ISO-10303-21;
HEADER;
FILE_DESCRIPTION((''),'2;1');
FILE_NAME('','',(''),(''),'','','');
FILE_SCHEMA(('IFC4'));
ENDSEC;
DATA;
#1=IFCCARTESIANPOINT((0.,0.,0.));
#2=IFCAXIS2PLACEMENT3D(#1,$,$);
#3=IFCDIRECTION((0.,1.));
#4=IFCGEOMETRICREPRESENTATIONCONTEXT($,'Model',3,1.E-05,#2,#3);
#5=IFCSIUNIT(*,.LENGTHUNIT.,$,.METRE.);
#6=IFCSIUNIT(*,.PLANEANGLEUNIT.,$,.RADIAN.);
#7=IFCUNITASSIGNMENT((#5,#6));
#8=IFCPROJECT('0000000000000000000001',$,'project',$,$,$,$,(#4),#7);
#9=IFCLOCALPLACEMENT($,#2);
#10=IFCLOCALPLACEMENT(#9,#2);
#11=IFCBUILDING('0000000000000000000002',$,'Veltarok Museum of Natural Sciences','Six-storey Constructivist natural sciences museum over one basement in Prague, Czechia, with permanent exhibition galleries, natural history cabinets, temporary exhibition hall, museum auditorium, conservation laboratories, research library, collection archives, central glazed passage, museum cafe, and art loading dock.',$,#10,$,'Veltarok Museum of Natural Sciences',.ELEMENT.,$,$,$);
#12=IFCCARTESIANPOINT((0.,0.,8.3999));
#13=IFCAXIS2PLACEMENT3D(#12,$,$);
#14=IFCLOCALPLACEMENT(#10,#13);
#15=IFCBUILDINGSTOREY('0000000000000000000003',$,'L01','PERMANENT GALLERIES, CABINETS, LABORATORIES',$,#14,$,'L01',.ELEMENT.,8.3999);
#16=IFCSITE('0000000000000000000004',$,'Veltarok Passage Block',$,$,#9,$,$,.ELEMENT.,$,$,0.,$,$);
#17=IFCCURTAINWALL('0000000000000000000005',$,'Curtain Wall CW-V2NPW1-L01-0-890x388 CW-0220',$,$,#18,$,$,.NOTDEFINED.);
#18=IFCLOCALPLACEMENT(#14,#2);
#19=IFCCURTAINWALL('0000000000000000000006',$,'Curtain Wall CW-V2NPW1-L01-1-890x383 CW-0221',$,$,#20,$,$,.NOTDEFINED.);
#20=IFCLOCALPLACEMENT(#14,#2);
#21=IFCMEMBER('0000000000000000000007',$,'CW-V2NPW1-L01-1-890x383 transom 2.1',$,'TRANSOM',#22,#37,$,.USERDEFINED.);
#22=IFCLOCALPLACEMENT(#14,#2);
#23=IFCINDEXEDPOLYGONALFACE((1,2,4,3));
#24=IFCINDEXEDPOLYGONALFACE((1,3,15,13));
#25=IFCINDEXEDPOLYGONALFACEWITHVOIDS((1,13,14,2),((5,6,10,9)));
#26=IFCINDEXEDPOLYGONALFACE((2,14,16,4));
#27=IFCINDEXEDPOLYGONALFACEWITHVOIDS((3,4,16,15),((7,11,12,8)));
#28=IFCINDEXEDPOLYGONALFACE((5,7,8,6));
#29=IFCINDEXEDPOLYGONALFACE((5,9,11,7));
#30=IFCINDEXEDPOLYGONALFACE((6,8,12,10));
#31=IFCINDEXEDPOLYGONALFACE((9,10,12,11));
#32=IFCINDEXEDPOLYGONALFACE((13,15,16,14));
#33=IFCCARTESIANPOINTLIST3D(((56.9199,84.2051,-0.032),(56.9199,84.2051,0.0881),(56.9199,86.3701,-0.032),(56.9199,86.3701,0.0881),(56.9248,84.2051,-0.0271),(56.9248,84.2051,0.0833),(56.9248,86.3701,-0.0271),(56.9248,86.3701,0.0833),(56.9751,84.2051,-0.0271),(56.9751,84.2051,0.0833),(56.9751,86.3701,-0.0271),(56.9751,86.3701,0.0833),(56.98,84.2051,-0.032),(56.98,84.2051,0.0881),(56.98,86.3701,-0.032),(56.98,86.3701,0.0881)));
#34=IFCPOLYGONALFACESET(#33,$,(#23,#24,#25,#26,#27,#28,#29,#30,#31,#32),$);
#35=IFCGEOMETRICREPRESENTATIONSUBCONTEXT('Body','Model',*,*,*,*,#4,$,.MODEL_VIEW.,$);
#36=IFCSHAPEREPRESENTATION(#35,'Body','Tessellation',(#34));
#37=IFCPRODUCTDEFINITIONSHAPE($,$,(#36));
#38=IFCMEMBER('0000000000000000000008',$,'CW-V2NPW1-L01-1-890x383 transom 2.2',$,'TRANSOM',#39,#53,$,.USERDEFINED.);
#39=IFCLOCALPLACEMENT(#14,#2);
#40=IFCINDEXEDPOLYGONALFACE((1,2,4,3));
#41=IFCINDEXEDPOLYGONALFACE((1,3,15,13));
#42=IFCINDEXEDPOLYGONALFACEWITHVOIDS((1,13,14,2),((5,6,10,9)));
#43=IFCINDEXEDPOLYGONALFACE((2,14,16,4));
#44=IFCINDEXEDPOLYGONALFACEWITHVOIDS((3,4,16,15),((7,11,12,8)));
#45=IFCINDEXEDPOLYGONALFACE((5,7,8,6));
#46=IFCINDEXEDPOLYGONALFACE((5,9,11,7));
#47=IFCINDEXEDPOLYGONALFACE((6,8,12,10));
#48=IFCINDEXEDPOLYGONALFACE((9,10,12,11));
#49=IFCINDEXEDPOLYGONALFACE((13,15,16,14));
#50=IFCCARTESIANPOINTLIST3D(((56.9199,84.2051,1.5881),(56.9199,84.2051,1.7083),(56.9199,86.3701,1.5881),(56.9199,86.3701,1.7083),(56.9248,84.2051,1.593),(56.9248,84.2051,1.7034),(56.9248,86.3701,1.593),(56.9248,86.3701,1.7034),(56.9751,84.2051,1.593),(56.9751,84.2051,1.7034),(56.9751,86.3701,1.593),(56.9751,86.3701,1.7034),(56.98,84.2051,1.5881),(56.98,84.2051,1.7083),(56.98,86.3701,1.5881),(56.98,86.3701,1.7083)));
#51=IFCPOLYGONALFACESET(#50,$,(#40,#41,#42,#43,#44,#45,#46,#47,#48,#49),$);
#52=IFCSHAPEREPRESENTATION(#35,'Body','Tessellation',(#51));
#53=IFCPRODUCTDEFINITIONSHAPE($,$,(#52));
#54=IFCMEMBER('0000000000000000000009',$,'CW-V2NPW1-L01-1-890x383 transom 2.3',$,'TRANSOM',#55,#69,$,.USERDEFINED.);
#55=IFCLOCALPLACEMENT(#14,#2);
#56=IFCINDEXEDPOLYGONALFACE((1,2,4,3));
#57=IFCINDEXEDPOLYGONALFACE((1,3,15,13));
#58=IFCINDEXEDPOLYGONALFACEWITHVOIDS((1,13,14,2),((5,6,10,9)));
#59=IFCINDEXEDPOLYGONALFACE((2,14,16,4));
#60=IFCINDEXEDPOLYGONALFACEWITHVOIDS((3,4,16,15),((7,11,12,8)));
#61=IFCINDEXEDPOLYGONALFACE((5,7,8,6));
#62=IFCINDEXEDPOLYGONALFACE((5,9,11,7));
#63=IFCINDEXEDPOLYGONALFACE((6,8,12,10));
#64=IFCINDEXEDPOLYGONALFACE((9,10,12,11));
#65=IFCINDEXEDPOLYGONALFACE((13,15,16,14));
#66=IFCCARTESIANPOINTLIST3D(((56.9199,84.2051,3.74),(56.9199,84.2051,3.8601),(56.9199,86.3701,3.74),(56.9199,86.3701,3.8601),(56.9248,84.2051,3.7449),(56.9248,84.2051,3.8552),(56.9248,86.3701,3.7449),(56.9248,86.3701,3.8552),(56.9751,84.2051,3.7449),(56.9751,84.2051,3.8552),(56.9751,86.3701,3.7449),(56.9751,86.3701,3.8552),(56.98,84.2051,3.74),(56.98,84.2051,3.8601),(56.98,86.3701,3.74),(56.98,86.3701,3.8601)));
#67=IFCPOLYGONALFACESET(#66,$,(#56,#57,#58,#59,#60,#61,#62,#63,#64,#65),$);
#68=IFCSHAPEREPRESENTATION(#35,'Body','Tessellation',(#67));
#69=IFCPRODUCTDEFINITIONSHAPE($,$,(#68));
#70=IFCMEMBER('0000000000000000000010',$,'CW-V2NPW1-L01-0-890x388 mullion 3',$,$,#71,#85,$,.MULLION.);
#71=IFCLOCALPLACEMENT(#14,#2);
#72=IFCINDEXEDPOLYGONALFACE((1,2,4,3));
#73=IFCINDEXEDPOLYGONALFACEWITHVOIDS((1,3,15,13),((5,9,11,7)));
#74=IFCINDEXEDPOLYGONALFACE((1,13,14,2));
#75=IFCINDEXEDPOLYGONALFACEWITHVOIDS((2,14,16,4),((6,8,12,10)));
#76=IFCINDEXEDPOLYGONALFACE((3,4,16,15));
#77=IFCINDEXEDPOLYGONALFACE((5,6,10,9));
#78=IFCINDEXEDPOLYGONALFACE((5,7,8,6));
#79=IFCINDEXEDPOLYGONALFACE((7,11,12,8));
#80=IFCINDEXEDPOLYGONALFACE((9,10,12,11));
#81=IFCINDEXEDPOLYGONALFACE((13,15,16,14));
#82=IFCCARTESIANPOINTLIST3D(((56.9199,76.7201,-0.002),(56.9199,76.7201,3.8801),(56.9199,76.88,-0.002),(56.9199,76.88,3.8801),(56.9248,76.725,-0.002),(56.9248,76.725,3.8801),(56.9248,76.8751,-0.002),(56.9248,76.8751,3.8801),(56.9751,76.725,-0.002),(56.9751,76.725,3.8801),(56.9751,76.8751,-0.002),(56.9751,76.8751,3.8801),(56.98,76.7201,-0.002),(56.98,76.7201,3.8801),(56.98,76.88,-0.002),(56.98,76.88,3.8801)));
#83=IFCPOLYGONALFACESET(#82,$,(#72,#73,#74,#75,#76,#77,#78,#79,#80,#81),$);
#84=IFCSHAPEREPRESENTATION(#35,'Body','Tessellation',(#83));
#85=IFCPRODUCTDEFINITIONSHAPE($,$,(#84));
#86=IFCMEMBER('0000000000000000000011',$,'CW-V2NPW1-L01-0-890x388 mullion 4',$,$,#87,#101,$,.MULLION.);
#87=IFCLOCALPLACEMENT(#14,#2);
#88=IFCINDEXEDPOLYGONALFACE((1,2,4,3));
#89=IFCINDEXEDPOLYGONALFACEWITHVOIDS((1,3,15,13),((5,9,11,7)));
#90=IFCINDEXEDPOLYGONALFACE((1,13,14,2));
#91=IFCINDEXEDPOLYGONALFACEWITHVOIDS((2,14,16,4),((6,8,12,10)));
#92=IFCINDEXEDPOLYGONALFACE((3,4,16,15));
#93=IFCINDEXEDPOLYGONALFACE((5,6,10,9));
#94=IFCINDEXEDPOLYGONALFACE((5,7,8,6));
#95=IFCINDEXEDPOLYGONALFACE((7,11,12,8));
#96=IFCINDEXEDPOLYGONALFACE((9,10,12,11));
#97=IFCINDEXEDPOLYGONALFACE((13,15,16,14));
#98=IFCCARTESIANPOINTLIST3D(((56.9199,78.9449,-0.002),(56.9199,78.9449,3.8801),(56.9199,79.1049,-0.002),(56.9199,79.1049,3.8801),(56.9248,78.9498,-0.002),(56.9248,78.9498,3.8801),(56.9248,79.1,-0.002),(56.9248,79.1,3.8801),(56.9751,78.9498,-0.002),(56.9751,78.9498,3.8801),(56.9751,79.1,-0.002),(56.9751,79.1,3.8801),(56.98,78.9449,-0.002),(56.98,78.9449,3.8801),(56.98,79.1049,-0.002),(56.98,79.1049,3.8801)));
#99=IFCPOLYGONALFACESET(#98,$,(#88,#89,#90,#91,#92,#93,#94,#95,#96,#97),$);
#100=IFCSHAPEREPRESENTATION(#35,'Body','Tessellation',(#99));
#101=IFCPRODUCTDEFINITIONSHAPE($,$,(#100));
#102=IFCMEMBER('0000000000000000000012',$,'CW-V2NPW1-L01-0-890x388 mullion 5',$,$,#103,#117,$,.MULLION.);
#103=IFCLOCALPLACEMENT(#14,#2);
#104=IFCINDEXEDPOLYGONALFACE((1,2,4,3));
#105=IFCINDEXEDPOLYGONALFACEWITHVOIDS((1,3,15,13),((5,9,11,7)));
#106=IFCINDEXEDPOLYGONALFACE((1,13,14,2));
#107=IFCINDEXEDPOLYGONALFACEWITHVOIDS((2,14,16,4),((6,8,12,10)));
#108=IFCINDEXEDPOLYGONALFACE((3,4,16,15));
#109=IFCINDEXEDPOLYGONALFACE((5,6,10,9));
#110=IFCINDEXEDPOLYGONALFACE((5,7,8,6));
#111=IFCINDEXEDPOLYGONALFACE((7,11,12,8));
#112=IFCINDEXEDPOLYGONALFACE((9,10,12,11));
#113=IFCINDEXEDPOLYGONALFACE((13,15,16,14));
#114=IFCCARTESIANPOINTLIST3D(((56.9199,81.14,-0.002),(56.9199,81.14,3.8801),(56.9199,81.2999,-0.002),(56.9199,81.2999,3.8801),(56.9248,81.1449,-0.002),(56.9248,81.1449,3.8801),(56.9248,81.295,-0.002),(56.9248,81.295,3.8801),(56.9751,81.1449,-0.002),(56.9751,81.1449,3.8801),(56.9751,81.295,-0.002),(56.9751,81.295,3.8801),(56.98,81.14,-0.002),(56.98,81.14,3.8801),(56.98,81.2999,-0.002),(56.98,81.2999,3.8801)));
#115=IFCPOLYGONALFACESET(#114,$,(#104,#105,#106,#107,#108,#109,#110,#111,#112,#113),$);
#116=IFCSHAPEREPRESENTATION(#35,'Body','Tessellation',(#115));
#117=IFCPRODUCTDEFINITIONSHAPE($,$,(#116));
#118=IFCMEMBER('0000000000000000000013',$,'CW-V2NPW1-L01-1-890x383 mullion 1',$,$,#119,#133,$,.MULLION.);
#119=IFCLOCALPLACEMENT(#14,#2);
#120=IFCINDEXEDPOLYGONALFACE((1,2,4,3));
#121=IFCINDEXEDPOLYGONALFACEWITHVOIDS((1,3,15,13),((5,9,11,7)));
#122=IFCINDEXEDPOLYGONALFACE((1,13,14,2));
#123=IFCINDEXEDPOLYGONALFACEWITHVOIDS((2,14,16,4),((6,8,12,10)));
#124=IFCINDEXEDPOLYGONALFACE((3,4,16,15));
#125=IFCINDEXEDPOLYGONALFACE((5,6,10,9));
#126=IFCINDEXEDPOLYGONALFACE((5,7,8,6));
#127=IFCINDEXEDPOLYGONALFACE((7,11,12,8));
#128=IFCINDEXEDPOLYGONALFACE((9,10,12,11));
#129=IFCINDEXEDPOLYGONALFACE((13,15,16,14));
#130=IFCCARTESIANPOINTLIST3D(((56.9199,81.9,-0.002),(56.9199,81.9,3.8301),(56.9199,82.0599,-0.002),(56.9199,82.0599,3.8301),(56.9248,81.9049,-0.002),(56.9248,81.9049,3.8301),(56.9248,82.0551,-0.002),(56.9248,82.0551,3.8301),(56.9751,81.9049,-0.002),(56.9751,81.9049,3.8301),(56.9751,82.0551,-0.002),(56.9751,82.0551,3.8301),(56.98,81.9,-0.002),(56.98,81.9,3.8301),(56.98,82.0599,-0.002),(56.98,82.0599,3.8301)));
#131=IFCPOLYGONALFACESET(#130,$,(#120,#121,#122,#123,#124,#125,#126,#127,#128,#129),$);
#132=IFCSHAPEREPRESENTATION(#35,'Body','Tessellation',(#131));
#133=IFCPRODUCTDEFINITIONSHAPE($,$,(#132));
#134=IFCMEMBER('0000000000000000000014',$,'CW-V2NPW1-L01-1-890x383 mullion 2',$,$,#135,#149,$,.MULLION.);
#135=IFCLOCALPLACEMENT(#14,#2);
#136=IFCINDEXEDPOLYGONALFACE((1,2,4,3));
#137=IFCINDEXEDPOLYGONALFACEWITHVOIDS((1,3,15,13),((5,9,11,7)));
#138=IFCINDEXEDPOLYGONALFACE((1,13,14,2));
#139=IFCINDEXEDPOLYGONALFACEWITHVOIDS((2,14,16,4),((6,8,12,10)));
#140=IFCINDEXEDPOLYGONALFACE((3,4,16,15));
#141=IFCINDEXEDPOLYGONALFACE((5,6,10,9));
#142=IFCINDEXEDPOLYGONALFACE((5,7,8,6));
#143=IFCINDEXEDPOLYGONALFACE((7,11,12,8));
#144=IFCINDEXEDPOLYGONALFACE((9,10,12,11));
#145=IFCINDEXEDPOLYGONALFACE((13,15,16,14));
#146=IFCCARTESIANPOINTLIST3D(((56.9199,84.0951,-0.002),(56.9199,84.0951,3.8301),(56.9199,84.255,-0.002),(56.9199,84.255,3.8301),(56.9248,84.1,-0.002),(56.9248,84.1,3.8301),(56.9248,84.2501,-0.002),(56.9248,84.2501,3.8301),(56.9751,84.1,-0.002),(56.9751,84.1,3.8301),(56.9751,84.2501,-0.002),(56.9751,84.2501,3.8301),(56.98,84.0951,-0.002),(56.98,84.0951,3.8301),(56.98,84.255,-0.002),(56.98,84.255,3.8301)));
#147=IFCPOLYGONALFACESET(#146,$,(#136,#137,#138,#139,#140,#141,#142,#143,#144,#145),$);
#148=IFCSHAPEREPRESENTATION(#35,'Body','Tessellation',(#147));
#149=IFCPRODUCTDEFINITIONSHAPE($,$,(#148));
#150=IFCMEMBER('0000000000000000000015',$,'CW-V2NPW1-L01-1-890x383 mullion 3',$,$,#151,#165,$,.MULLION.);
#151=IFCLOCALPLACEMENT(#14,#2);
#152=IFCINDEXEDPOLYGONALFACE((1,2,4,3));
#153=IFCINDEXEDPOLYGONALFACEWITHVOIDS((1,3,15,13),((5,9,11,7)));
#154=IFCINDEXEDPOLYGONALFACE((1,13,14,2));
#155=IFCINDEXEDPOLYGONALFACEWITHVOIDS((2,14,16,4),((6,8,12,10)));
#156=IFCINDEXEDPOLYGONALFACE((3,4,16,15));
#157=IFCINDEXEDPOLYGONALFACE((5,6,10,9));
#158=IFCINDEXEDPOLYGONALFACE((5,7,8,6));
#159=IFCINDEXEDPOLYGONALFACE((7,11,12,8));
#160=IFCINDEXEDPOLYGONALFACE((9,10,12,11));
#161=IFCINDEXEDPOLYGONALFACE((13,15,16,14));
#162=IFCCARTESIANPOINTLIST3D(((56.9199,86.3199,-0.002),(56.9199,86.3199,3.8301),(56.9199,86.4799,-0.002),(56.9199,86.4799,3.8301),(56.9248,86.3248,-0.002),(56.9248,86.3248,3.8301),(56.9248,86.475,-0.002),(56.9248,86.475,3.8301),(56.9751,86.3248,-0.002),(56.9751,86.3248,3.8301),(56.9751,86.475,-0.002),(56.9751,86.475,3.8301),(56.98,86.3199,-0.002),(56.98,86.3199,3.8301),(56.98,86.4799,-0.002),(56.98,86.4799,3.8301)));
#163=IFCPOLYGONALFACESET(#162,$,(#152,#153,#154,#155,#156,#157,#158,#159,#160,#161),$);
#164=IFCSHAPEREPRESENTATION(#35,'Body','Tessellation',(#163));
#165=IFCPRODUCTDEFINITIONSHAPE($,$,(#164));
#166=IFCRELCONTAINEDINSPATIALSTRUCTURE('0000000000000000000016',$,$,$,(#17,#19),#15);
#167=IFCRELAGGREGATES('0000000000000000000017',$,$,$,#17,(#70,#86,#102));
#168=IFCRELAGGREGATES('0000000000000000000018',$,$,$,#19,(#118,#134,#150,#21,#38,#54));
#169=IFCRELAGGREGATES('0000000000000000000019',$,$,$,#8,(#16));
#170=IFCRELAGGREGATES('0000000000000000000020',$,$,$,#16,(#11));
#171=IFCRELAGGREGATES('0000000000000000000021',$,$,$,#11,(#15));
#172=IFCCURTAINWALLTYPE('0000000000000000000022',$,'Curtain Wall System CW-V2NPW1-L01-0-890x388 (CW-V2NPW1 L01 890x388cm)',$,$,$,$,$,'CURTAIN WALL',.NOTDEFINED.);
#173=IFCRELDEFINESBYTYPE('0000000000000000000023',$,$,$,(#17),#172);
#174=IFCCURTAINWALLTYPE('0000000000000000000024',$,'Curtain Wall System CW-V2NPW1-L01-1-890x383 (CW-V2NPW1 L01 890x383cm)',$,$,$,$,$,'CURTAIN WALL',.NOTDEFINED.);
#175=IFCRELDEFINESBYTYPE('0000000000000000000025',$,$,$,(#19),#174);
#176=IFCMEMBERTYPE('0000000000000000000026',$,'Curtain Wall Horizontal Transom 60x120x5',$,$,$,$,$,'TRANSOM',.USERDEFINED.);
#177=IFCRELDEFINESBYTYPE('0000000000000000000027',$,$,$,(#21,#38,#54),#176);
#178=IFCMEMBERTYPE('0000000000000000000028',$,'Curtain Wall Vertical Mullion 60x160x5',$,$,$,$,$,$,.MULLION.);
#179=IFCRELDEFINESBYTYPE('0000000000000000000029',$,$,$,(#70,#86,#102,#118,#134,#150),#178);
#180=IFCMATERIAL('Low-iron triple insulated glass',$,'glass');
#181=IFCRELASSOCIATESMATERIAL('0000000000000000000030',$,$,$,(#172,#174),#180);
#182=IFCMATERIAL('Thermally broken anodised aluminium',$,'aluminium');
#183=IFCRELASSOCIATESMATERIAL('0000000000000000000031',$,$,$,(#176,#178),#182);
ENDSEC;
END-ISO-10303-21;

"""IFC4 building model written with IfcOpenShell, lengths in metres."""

from ifc_helpers import new_model, si_unit, direction, frame, origin, origin_2d, place, context, subcontext, project, spatial, hollow_rectangle, extrude, material, material_profile, profile_set, type_object, element, aggregate, save


model = new_model("IFC4")

# Units and contexts
model_context = context("Model", 3, precision=1e-05, world=origin(), true_north=direction((0.0, 1.0)))
body_context = subcontext(model_context, "Body", "Model", "MODEL_VIEW")
ifc_project = project(units=[si_unit("LENGTHUNIT", "METRE"), si_unit("PLANEANGLEUNIT", "RADIAN")], contexts=[model_context])

# Site, building, storey
site_placement = place(None, origin())
site = spatial("IfcSite", under=ifc_project, at=site_placement, Name="Veltarok Passage Block", CompositionType="ELEMENT", RefElevation=0.0)
building_placement = place(site_placement, origin())
building = spatial("IfcBuilding", under=site, at=building_placement, Name="Veltarok Museum of Natural Sciences", Description="Six-storey Constructivist natural sciences museum over one basement in Prague, Czechia, with permanent exhibition galleries, natural history cabinets, temporary exhibition hall, museum auditorium, conservation laboratories, research library, collection archives, central glazed passage, museum cafe, and art loading dock.", LongName="Veltarok Museum of Natural Sciences", CompositionType="ELEMENT")
storey_placement = place(building_placement, frame((0.0, 0.0, 8.3999)))
storey = spatial("IfcBuildingStorey", under=building, at=storey_placement, Name="L01", Description="PERMANENT GALLERIES, CABINETS, LABORATORIES", LongName="L01", CompositionType="ELEMENT", Elevation=8.3999)

# Curtain walls, members
ifc_material_1 = material(Name="Low-iron triple insulated glass", Category="glass")
curtain_wall_type_1 = type_object("IfcCurtainWallType", Name="Curtain Wall System CW-V2NPW1-L01-0-890x388 (CW-V2NPW1 L01 890x388cm)", ElementType="CURTAIN WALL", PredefinedType="NOTDEFINED", material=ifc_material_1)
curtain_wall_1_placement = place(storey_placement, origin())
curtain_wall_1 = element("IfcCurtainWall", 1, at=curtain_wall_1_placement, inside=storey, type_object=curtain_wall_type_1, Name="Curtain Wall CW-V2NPW1-L01-0-890x388 CW-0220", PredefinedType="NOTDEFINED")
ifc_material_2 = material(Name="Thermally broken anodised aluminium", Category="aluminium")
ifc_material_profile_1 = material_profile(ifc_material_2, hollow_rectangle(XDim=0.0601, YDim=0.1201, WallThickness=0.0049, at=origin_2d()), Name="CW TRANSOM 60x120x5")
ifc_profile_set_1 = profile_set([ifc_material_profile_1], Name="Thermally broken anodised aluminium")
member_type_1 = type_object("IfcMemberType", Name="Curtain Wall Horizontal Transom 60x120x5", ElementType="TRANSOM", PredefinedType="USERDEFINED", material=ifc_profile_set_1)
curtain_wall_type_2 = type_object("IfcCurtainWallType", Name="Curtain Wall System CW-V2NPW1-L01-1-890x383 (CW-V2NPW1 L01 890x383cm)", ElementType="CURTAIN WALL", PredefinedType="NOTDEFINED", material=ifc_material_1)
curtain_wall_2_placement = place(storey_placement, origin())
curtain_wall_2 = element("IfcCurtainWall", 2, at=curtain_wall_2_placement, inside=storey, type_object=curtain_wall_type_2, Name="Curtain Wall CW-V2NPW1-L01-1-890x383 CW-0221", PredefinedType="NOTDEFINED")
member_1_placement = place(storey_placement, frame((56.95, 84.2051, 0.0281), z_axis=(0.0, 1.0, 0.0), x_axis=(-1.0, 0.0, 0.0)))
member_1 = element("IfcMember", 3, at=member_1_placement, type_object=member_type_1, Name="CW-V2NPW1-L01-1-890x383 transom 2.1", ObjectType="TRANSOM", PredefinedType="USERDEFINED", context=body_context, shape_type="SweptSolid", body=[
    extrude(hollow_rectangle(XDim=0.0601, YDim=0.1201, WallThickness=0.0049, at=origin_2d()), origin(), (0.0, 0.0, 1.0), 2.165),
])
member_2_placement = place(storey_placement, frame((56.95, 84.2051, 1.6482), z_axis=(0.0, 1.0, 0.0), x_axis=(-1.0, 0.0, 0.0)))
member_2 = element("IfcMember", 4, at=member_2_placement, type_object=member_type_1, Name="CW-V2NPW1-L01-1-890x383 transom 2.2", ObjectType="TRANSOM", PredefinedType="USERDEFINED", context=body_context, shape_type="SweptSolid", body=[
    extrude(hollow_rectangle(XDim=0.0601, YDim=0.1201, WallThickness=0.0049, at=origin_2d()), origin(), (0.0, 0.0, 1.0), 2.165),
])
member_3_placement = place(storey_placement, frame((56.95, 84.2051, 3.8), z_axis=(0.0, 1.0, 0.0), x_axis=(-1.0, 0.0, 0.0)))
member_3 = element("IfcMember", 5, at=member_3_placement, type_object=member_type_1, Name="CW-V2NPW1-L01-1-890x383 transom 2.3", ObjectType="TRANSOM", PredefinedType="USERDEFINED", context=body_context, shape_type="SweptSolid", body=[
    extrude(hollow_rectangle(XDim=0.0601, YDim=0.1201, WallThickness=0.0049, at=origin_2d()), origin(), (0.0, 0.0, 1.0), 2.165),
])

# Members
ifc_material_profile_2 = material_profile(ifc_material_2, hollow_rectangle(XDim=0.0601, YDim=0.1599, WallThickness=0.0049, at=origin_2d()), Name="CW MULLION 60x160x5")
ifc_profile_set_2 = profile_set([ifc_material_profile_2], Name="Thermally broken anodised aluminium")
member_type_2 = type_object("IfcMemberType", Name="Curtain Wall Vertical Mullion 60x160x5", PredefinedType="MULLION", material=ifc_profile_set_2)
member_4_placement = place(storey_placement, frame((56.95, 76.8, -0.002), z_axis=(0.0, 0.0, 1.0), x_axis=(-1.0, 0.0, 0.0)))
member_4 = element("IfcMember", 6, at=member_4_placement, type_object=member_type_2, Name="CW-V2NPW1-L01-0-890x388 mullion 3", PredefinedType="MULLION", context=body_context, shape_type="SweptSolid", body=[
    extrude(hollow_rectangle(XDim=0.0601, YDim=0.1599, WallThickness=0.0049, at=origin_2d()), origin(), (0.0, 0.0, 1.0), 3.8821),
])
member_5_placement = place(storey_placement, frame((56.95, 79.0249, -0.002), z_axis=(0.0, 0.0, 1.0), x_axis=(-1.0, 0.0, 0.0)))
member_5 = element("IfcMember", 7, at=member_5_placement, type_object=member_type_2, Name="CW-V2NPW1-L01-0-890x388 mullion 4", PredefinedType="MULLION", context=body_context, shape_type="SweptSolid", body=[
    extrude(hollow_rectangle(XDim=0.0601, YDim=0.1599, WallThickness=0.0049, at=origin_2d()), origin(), (0.0, 0.0, 1.0), 3.8821),
])
member_6_placement = place(storey_placement, frame((56.95, 81.22, -0.002), z_axis=(0.0, 0.0, 1.0), x_axis=(-1.0, 0.0, 0.0)))
member_6 = element("IfcMember", 8, at=member_6_placement, type_object=member_type_2, Name="CW-V2NPW1-L01-0-890x388 mullion 5", PredefinedType="MULLION", context=body_context, shape_type="SweptSolid", body=[
    extrude(hollow_rectangle(XDim=0.0601, YDim=0.1599, WallThickness=0.0049, at=origin_2d()), origin(), (0.0, 0.0, 1.0), 3.8821),
])
member_7_placement = place(storey_placement, frame((56.95, 81.98, -0.002), z_axis=(0.0, 0.0, 1.0), x_axis=(-1.0, 0.0, 0.0)))
member_7 = element("IfcMember", 9, at=member_7_placement, type_object=member_type_2, Name="CW-V2NPW1-L01-1-890x383 mullion 1", PredefinedType="MULLION", context=body_context, shape_type="SweptSolid", body=[
    extrude(hollow_rectangle(XDim=0.0601, YDim=0.1599, WallThickness=0.0049, at=origin_2d()), origin(), (0.0, 0.0, 1.0), 3.832),
])
member_8_placement = place(storey_placement, frame((56.95, 84.175, -0.002), z_axis=(0.0, 0.0, 1.0), x_axis=(-1.0, 0.0, 0.0)))
member_8 = element("IfcMember", 10, at=member_8_placement, type_object=member_type_2, Name="CW-V2NPW1-L01-1-890x383 mullion 2", PredefinedType="MULLION", context=body_context, shape_type="SweptSolid", body=[
    extrude(hollow_rectangle(XDim=0.0601, YDim=0.1599, WallThickness=0.0049, at=origin_2d()), origin(), (0.0, 0.0, 1.0), 3.832),
])
member_9_placement = place(storey_placement, frame((56.95, 86.3999, -0.002), z_axis=(0.0, 0.0, 1.0), x_axis=(-1.0, 0.0, 0.0)))
member_9 = element("IfcMember", 11, at=member_9_placement, type_object=member_type_2, Name="CW-V2NPW1-L01-1-890x383 mullion 3", PredefinedType="MULLION", context=body_context, shape_type="SweptSolid", body=[
    extrude(hollow_rectangle(XDim=0.0601, YDim=0.1599, WallThickness=0.0049, at=origin_2d()), origin(), (0.0, 0.0, 1.0), 3.832),
])

aggregate(curtain_wall_1, [member_4, member_5, member_6])
aggregate(curtain_wall_2, [member_7, member_8, member_9, member_1, member_2, member_3])

save(model, "model.ifc")
